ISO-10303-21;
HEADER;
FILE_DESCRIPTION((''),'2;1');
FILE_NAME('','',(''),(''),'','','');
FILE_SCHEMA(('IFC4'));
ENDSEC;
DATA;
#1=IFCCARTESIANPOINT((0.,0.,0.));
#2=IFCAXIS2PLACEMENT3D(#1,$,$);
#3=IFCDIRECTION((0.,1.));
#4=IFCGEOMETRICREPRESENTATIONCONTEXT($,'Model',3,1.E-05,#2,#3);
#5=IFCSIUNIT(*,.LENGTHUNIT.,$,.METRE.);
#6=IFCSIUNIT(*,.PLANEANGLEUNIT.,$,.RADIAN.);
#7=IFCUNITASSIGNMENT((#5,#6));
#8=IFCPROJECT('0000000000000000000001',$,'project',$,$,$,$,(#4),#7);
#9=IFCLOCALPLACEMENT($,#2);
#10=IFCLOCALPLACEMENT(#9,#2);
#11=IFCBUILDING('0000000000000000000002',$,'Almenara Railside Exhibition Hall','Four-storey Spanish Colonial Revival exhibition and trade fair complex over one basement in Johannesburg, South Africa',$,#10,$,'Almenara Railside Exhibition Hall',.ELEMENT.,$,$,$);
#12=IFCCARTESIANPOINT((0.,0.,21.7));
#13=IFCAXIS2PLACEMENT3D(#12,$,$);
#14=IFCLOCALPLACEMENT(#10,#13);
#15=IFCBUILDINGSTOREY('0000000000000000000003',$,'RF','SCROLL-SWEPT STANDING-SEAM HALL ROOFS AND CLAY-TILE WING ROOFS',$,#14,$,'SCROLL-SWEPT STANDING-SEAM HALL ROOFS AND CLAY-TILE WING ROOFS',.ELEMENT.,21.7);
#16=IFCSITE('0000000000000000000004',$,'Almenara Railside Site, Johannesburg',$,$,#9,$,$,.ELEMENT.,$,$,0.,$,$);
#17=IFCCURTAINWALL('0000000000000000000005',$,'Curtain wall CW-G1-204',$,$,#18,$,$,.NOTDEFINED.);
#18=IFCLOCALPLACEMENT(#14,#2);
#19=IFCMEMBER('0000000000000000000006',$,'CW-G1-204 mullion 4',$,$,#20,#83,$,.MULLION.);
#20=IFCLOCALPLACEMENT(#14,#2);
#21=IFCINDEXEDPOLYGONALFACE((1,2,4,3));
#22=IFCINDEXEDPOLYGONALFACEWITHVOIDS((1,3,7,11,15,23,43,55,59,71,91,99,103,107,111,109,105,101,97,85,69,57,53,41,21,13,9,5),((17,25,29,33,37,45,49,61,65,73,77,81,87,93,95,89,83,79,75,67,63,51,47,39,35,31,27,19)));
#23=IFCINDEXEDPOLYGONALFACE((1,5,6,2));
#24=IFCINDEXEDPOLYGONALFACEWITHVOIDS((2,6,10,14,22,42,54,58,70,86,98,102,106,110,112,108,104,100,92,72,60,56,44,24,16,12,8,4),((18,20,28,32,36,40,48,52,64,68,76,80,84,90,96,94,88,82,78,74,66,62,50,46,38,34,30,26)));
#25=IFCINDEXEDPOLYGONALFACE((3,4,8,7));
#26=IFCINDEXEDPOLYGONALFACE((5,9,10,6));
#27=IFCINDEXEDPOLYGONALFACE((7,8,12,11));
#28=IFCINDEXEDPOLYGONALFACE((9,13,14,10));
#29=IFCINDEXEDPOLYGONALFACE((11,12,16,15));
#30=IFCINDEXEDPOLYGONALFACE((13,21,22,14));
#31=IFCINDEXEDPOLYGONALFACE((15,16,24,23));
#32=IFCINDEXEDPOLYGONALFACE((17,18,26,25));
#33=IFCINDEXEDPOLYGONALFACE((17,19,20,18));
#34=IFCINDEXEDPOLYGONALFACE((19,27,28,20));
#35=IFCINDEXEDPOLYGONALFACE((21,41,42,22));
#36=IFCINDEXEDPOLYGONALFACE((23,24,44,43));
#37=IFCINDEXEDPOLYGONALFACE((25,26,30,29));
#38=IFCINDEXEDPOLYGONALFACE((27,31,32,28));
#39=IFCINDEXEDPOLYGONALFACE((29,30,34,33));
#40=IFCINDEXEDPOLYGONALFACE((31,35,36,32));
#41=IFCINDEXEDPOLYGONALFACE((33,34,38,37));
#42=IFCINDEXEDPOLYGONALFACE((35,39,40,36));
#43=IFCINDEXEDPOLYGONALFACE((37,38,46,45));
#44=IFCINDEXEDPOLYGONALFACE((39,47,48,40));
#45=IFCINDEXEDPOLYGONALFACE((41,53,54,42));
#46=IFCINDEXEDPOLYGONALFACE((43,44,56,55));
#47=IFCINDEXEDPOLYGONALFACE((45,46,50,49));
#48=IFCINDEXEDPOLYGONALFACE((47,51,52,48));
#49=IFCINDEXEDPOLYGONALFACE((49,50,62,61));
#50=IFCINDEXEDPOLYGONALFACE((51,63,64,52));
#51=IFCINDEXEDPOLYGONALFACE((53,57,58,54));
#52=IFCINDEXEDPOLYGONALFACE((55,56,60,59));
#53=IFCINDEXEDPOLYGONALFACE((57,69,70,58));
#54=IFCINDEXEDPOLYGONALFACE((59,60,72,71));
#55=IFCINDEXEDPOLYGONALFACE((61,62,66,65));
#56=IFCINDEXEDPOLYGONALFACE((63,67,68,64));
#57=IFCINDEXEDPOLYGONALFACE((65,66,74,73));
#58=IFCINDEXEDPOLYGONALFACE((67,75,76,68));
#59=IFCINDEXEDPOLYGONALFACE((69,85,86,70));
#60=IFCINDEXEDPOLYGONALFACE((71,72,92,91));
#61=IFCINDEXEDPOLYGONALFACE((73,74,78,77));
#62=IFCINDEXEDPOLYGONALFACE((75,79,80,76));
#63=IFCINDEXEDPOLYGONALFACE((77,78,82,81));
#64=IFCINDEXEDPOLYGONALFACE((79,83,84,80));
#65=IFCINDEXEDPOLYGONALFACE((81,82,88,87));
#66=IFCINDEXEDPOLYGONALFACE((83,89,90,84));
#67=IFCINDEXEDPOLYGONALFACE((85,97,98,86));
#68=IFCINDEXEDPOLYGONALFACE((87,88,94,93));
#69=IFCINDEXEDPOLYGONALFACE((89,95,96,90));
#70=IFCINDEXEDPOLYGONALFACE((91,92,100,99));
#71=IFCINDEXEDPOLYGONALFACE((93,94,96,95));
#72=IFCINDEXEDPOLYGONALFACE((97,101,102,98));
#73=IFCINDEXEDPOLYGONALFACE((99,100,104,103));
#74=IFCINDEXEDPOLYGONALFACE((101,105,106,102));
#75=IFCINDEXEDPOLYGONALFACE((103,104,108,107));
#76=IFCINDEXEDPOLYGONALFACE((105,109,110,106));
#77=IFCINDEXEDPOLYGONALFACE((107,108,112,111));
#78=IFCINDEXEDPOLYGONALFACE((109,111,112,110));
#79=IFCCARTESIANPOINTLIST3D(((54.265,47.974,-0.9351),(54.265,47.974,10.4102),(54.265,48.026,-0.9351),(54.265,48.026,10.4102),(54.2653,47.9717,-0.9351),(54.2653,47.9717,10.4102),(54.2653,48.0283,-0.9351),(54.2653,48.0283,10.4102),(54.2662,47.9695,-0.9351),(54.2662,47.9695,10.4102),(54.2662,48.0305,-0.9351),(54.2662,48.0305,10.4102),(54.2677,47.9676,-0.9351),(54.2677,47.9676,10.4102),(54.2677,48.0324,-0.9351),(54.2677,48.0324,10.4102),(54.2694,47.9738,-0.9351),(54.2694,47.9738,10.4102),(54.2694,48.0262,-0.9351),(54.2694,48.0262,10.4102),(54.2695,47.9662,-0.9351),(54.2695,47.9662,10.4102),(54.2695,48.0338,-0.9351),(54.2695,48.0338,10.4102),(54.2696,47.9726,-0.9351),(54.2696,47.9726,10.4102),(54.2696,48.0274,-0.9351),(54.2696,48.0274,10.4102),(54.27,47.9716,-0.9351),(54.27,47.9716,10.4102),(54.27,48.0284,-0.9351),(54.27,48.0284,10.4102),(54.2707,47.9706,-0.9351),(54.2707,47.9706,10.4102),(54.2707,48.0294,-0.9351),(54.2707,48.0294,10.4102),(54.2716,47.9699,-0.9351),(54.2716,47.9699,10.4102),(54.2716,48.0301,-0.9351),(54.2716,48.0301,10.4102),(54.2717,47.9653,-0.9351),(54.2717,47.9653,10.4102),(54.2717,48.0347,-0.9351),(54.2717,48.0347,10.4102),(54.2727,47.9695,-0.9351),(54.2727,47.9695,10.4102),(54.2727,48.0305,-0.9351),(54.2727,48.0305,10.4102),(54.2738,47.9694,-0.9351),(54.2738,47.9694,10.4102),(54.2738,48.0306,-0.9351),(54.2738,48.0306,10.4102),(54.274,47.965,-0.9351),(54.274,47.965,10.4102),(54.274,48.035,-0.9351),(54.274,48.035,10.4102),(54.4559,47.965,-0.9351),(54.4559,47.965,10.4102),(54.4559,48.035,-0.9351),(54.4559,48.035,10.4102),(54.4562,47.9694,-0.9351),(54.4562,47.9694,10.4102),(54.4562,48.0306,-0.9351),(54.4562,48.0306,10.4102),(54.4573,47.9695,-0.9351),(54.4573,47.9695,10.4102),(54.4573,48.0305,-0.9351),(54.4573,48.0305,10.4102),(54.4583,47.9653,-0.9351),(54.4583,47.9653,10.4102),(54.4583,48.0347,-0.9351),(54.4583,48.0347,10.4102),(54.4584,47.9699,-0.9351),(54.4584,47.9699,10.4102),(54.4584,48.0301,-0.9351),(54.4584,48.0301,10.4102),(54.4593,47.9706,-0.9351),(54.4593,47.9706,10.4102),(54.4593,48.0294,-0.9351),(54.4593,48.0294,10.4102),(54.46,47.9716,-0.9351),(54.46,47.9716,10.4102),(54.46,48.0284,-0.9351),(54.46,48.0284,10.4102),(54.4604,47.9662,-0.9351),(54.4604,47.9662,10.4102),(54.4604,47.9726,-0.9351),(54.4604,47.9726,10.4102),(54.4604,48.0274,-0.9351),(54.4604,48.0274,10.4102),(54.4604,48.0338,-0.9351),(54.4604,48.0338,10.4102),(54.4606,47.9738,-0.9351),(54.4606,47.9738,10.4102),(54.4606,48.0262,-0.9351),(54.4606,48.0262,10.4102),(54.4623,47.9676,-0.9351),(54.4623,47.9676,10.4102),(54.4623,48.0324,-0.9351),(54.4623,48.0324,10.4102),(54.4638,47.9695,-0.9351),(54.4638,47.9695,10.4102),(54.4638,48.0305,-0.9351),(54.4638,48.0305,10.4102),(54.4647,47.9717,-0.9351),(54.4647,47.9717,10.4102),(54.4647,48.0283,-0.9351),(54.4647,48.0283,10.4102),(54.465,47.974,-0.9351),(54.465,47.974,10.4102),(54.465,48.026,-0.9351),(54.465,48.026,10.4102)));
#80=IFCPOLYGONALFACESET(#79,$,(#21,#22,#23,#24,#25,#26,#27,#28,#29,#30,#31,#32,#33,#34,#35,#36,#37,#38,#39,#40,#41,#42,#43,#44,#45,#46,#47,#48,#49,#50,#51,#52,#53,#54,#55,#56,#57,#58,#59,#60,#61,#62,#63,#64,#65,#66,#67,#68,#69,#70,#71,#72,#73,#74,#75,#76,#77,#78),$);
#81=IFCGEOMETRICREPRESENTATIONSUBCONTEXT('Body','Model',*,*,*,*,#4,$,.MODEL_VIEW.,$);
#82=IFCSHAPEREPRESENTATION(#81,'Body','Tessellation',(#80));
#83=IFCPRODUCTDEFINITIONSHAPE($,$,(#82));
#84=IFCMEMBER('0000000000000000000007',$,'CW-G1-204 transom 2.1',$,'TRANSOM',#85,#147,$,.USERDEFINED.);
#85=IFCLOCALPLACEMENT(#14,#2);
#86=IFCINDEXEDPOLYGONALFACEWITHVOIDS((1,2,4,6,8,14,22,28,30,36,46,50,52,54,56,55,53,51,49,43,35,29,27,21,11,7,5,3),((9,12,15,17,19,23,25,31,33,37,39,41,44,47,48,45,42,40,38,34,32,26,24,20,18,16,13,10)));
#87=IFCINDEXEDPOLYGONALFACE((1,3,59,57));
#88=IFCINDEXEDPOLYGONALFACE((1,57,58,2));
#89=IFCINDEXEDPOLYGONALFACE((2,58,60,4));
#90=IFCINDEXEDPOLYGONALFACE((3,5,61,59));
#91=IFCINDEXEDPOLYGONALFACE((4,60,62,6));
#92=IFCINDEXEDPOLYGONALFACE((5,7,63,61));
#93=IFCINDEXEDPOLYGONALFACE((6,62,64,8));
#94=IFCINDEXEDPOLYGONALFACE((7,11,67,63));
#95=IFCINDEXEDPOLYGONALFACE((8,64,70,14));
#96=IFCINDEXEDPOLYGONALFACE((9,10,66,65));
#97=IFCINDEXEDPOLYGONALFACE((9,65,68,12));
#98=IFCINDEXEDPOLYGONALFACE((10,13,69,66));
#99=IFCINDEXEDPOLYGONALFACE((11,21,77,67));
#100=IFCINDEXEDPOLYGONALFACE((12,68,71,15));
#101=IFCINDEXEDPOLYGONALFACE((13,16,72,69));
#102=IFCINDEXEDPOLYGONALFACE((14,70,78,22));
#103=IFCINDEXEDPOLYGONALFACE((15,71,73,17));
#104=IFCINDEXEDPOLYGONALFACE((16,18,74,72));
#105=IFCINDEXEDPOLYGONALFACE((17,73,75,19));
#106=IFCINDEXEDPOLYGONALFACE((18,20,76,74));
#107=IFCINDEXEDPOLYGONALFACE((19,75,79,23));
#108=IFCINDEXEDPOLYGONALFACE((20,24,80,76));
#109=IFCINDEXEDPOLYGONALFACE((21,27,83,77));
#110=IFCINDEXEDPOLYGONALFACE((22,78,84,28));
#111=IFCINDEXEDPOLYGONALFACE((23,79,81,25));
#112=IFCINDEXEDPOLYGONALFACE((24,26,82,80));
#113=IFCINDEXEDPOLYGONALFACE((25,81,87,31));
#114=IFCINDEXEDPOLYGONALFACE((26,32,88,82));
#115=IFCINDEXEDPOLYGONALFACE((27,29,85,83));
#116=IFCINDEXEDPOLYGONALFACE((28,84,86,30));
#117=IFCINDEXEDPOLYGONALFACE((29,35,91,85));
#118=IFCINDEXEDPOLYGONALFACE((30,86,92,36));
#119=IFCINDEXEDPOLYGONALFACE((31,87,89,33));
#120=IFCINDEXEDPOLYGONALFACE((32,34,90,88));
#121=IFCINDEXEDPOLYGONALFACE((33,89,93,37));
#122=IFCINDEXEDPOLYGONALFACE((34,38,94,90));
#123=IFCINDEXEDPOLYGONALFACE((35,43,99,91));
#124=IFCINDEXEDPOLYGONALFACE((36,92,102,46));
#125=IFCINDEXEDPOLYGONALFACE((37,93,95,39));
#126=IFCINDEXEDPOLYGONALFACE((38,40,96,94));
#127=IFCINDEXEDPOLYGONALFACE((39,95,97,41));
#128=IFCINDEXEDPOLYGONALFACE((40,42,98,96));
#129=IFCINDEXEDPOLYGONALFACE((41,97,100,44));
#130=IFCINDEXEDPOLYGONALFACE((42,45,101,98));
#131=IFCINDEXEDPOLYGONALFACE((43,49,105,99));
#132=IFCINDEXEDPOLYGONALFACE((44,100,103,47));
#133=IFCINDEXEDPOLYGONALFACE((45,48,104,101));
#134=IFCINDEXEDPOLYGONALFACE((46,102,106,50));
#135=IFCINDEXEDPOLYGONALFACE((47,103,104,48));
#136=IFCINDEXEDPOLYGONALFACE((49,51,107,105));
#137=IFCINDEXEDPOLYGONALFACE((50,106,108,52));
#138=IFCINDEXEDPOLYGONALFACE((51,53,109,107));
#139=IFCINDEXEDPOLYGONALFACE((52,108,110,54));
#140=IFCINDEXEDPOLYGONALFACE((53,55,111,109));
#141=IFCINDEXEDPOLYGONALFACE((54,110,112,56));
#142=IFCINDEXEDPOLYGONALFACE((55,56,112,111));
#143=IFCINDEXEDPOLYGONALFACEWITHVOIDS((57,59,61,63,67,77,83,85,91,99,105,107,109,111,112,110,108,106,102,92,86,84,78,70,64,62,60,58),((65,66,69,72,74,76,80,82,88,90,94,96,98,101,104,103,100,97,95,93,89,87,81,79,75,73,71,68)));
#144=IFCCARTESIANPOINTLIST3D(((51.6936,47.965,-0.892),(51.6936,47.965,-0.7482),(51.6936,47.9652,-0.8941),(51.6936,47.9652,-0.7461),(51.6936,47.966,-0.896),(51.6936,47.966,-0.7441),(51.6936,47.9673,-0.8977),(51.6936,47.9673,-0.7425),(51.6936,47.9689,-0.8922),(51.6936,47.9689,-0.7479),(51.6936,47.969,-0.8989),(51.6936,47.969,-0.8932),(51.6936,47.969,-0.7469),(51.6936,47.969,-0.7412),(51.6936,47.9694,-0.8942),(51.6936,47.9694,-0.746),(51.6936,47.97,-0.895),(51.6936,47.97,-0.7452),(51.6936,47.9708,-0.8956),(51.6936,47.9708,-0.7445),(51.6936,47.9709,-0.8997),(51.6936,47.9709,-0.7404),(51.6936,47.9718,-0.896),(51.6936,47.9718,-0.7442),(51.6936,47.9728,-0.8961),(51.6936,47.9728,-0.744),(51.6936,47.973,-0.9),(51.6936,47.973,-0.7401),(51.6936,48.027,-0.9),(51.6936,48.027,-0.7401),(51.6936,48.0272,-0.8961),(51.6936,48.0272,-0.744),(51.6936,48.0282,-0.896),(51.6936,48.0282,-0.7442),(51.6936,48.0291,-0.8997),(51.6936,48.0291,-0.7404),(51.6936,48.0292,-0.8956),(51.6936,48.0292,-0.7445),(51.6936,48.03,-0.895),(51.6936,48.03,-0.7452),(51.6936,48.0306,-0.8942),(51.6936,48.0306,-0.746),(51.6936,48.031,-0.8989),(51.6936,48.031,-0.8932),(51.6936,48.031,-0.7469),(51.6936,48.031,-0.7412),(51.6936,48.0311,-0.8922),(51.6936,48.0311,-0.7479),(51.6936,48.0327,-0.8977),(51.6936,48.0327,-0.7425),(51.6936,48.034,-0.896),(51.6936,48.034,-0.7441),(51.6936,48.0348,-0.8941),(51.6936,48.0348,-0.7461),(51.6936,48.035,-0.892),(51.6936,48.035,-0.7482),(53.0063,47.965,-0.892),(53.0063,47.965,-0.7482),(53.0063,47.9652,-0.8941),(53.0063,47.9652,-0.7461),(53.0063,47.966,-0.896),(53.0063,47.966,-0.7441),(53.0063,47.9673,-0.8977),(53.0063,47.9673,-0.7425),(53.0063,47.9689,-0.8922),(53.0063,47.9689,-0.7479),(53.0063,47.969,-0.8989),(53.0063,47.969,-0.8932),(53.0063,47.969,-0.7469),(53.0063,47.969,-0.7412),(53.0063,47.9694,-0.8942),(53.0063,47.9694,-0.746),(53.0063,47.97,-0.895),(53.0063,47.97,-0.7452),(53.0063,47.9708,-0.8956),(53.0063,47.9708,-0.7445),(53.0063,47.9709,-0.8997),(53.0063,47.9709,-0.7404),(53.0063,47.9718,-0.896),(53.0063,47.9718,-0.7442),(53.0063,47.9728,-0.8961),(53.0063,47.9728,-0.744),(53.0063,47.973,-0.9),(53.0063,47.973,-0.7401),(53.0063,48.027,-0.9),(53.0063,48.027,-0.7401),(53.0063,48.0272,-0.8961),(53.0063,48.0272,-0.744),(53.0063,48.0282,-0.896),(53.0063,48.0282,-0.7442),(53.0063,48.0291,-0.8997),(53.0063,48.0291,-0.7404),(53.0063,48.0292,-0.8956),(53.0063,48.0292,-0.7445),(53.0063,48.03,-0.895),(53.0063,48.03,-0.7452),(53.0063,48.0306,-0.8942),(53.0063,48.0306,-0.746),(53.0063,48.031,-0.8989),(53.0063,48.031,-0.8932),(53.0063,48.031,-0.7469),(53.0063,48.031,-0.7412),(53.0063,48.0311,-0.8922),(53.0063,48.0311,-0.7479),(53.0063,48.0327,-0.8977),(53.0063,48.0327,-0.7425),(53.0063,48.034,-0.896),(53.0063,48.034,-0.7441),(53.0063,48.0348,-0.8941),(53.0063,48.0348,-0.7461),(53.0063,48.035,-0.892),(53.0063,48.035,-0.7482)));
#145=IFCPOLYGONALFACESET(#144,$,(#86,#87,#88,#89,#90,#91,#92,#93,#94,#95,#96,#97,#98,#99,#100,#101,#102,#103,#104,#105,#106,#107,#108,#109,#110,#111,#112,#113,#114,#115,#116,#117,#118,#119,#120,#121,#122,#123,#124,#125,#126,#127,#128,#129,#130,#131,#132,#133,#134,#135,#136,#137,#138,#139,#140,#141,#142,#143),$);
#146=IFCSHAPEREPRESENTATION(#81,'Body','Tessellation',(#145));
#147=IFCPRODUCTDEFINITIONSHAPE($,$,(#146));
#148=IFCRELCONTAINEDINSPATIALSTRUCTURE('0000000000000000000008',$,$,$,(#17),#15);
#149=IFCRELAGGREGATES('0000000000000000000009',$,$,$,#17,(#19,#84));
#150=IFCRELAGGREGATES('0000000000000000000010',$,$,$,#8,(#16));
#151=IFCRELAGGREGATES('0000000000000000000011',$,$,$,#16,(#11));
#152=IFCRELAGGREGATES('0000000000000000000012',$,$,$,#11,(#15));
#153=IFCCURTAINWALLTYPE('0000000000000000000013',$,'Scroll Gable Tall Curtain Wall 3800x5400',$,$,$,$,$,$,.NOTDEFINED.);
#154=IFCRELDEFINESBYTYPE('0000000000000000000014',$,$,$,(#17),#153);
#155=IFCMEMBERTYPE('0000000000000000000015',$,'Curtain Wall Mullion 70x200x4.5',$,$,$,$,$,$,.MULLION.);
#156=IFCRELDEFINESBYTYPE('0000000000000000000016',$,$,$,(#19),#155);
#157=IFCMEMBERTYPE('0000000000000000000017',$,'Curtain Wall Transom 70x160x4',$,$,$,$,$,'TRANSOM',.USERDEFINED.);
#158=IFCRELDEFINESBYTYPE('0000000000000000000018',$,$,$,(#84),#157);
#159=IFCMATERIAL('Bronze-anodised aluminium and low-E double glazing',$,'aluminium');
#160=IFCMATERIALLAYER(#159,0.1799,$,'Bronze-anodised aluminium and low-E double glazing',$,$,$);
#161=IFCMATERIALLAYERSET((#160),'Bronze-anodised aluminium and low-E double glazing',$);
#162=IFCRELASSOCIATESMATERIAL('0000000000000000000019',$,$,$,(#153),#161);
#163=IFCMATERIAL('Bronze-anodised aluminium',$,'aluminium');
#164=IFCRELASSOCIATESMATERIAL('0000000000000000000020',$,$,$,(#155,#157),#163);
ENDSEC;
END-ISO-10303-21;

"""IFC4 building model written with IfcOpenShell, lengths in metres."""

from ifc_helpers import new_model, si_unit, direction, frame, origin, origin_2d, place, context, subcontext, project, spatial, hollow_rectangle, extrude, material, layer, layer_set, material_profile, profile_set, type_object, element, aggregate, save


model = new_model("IFC4")

# Units and contexts
model_context = context("Model", 3, precision=1e-05, world=origin(), true_north=direction((0.0, 1.0)))
body_context = subcontext(model_context, "Body", "Model", "MODEL_VIEW")
ifc_project = project(units=[si_unit("LENGTHUNIT", "METRE"), si_unit("PLANEANGLEUNIT", "RADIAN")], contexts=[model_context])

# Site, building, storey
site_placement = place(None, origin())
site = spatial("IfcSite", under=ifc_project, at=site_placement, Name="Almenara Railside Site, Johannesburg", CompositionType="ELEMENT", RefElevation=0.0)
building_placement = place(site_placement, origin())
building = spatial("IfcBuilding", under=site, at=building_placement, Name="Almenara Railside Exhibition Hall", Description="Four-storey Spanish Colonial Revival exhibition and trade fair complex over one basement in Johannesburg, South Africa", LongName="Almenara Railside Exhibition Hall", CompositionType="ELEMENT")
storey_placement = place(building_placement, frame((0.0, 0.0, 21.7)))
storey = spatial("IfcBuildingStorey", under=building, at=storey_placement, Name="RF", Description="SCROLL-SWEPT STANDING-SEAM HALL ROOFS AND CLAY-TILE WING ROOFS", LongName="SCROLL-SWEPT STANDING-SEAM HALL ROOFS AND CLAY-TILE WING ROOFS", CompositionType="ELEMENT", Elevation=21.7)

# Shared definitions
ifc_material_1 = material(Name="Bronze-anodised aluminium and low-E double glazing", Category="aluminium")
ifc_layer_1 = layer(ifc_material_1, 0.1799, Name="Bronze-anodised aluminium and low-E double glazing")
ifc_layer_set_1 = layer_set([ifc_layer_1], Name="Bronze-anodised aluminium and low-E double glazing")
curtain_wall_type = type_object("IfcCurtainWallType", Name="Scroll Gable Tall Curtain Wall 3800x5400", PredefinedType="NOTDEFINED", material=ifc_layer_set_1)
ifc_material_2 = material(Name="Bronze-anodised aluminium", Category="aluminium")

# Curtain wall, members
curtain_wall_1_placement = place(storey_placement, origin())
curtain_wall_1 = element("IfcCurtainWall", 1, at=curtain_wall_1_placement, inside=storey, type_object=curtain_wall_type, Name="Curtain wall CW-G1-204", PredefinedType="NOTDEFINED")
ifc_material_profile_1 = material_profile(ifc_material_2, hollow_rectangle(XDim=0.0701, YDim=0.2, WallThickness=0.0044, InnerFilletRadius=0.0044, OuterFilletRadius=0.009, at=origin_2d()), Name="ALU-MUL 70x200x4.5")
ifc_profile_set_1 = profile_set([ifc_material_profile_1], Name="Bronze-anodised aluminium")
member_type_1 = type_object("IfcMemberType", Name="Curtain Wall Mullion 70x200x4.5", PredefinedType="MULLION", material=ifc_profile_set_1)
member_1_placement = place(storey_placement, frame((54.365, 48.0, -0.9351), z_axis=(0.0, 0.0, 1.0), x_axis=(0.0, 1.0, 0.0)))
member_1 = element("IfcMember", 2, at=member_1_placement, type_object=member_type_1, Name="CW-G1-204 mullion 4", PredefinedType="MULLION", context=body_context, shape_type="SweptSolid", body=[
    extrude(hollow_rectangle(XDim=0.0701, YDim=0.2, WallThickness=0.0044, InnerFilletRadius=0.0044, OuterFilletRadius=0.009, at=origin_2d()), origin(), (0.0, 0.0, 1.0), 11.3452),
])
ifc_material_profile_2 = material_profile(ifc_material_2, hollow_rectangle(XDim=0.0701, YDim=0.1599, WallThickness=0.0039, InnerFilletRadius=0.0039, OuterFilletRadius=0.0081, at=origin_2d()), Name="ALU-TRN 70x160x4")
ifc_profile_set_2 = profile_set([ifc_material_profile_2], Name="Bronze-anodised aluminium")
member_type_2 = type_object("IfcMemberType", Name="Curtain Wall Transom 70x160x4", ElementType="TRANSOM", PredefinedType="USERDEFINED", material=ifc_profile_set_2)
member_2_placement = place(storey_placement, frame((51.6936, 48.0, -0.8201), z_axis=(1.0, 0.0, 0.0), x_axis=(0.0, 1.0, 0.0)))
member_2 = element("IfcMember", 3, at=member_2_placement, type_object=member_type_2, Name="CW-G1-204 transom 2.1", ObjectType="TRANSOM", PredefinedType="USERDEFINED", context=body_context, shape_type="SweptSolid", body=[
    extrude(hollow_rectangle(XDim=0.0701, YDim=0.1599, WallThickness=0.0039, InnerFilletRadius=0.0039, OuterFilletRadius=0.0081, at=origin_2d()), origin(), (0.0, 0.0, 1.0), 1.3127),
])

aggregate(curtain_wall_1, [member_1, member_2])

save(model, "model.ifc")
